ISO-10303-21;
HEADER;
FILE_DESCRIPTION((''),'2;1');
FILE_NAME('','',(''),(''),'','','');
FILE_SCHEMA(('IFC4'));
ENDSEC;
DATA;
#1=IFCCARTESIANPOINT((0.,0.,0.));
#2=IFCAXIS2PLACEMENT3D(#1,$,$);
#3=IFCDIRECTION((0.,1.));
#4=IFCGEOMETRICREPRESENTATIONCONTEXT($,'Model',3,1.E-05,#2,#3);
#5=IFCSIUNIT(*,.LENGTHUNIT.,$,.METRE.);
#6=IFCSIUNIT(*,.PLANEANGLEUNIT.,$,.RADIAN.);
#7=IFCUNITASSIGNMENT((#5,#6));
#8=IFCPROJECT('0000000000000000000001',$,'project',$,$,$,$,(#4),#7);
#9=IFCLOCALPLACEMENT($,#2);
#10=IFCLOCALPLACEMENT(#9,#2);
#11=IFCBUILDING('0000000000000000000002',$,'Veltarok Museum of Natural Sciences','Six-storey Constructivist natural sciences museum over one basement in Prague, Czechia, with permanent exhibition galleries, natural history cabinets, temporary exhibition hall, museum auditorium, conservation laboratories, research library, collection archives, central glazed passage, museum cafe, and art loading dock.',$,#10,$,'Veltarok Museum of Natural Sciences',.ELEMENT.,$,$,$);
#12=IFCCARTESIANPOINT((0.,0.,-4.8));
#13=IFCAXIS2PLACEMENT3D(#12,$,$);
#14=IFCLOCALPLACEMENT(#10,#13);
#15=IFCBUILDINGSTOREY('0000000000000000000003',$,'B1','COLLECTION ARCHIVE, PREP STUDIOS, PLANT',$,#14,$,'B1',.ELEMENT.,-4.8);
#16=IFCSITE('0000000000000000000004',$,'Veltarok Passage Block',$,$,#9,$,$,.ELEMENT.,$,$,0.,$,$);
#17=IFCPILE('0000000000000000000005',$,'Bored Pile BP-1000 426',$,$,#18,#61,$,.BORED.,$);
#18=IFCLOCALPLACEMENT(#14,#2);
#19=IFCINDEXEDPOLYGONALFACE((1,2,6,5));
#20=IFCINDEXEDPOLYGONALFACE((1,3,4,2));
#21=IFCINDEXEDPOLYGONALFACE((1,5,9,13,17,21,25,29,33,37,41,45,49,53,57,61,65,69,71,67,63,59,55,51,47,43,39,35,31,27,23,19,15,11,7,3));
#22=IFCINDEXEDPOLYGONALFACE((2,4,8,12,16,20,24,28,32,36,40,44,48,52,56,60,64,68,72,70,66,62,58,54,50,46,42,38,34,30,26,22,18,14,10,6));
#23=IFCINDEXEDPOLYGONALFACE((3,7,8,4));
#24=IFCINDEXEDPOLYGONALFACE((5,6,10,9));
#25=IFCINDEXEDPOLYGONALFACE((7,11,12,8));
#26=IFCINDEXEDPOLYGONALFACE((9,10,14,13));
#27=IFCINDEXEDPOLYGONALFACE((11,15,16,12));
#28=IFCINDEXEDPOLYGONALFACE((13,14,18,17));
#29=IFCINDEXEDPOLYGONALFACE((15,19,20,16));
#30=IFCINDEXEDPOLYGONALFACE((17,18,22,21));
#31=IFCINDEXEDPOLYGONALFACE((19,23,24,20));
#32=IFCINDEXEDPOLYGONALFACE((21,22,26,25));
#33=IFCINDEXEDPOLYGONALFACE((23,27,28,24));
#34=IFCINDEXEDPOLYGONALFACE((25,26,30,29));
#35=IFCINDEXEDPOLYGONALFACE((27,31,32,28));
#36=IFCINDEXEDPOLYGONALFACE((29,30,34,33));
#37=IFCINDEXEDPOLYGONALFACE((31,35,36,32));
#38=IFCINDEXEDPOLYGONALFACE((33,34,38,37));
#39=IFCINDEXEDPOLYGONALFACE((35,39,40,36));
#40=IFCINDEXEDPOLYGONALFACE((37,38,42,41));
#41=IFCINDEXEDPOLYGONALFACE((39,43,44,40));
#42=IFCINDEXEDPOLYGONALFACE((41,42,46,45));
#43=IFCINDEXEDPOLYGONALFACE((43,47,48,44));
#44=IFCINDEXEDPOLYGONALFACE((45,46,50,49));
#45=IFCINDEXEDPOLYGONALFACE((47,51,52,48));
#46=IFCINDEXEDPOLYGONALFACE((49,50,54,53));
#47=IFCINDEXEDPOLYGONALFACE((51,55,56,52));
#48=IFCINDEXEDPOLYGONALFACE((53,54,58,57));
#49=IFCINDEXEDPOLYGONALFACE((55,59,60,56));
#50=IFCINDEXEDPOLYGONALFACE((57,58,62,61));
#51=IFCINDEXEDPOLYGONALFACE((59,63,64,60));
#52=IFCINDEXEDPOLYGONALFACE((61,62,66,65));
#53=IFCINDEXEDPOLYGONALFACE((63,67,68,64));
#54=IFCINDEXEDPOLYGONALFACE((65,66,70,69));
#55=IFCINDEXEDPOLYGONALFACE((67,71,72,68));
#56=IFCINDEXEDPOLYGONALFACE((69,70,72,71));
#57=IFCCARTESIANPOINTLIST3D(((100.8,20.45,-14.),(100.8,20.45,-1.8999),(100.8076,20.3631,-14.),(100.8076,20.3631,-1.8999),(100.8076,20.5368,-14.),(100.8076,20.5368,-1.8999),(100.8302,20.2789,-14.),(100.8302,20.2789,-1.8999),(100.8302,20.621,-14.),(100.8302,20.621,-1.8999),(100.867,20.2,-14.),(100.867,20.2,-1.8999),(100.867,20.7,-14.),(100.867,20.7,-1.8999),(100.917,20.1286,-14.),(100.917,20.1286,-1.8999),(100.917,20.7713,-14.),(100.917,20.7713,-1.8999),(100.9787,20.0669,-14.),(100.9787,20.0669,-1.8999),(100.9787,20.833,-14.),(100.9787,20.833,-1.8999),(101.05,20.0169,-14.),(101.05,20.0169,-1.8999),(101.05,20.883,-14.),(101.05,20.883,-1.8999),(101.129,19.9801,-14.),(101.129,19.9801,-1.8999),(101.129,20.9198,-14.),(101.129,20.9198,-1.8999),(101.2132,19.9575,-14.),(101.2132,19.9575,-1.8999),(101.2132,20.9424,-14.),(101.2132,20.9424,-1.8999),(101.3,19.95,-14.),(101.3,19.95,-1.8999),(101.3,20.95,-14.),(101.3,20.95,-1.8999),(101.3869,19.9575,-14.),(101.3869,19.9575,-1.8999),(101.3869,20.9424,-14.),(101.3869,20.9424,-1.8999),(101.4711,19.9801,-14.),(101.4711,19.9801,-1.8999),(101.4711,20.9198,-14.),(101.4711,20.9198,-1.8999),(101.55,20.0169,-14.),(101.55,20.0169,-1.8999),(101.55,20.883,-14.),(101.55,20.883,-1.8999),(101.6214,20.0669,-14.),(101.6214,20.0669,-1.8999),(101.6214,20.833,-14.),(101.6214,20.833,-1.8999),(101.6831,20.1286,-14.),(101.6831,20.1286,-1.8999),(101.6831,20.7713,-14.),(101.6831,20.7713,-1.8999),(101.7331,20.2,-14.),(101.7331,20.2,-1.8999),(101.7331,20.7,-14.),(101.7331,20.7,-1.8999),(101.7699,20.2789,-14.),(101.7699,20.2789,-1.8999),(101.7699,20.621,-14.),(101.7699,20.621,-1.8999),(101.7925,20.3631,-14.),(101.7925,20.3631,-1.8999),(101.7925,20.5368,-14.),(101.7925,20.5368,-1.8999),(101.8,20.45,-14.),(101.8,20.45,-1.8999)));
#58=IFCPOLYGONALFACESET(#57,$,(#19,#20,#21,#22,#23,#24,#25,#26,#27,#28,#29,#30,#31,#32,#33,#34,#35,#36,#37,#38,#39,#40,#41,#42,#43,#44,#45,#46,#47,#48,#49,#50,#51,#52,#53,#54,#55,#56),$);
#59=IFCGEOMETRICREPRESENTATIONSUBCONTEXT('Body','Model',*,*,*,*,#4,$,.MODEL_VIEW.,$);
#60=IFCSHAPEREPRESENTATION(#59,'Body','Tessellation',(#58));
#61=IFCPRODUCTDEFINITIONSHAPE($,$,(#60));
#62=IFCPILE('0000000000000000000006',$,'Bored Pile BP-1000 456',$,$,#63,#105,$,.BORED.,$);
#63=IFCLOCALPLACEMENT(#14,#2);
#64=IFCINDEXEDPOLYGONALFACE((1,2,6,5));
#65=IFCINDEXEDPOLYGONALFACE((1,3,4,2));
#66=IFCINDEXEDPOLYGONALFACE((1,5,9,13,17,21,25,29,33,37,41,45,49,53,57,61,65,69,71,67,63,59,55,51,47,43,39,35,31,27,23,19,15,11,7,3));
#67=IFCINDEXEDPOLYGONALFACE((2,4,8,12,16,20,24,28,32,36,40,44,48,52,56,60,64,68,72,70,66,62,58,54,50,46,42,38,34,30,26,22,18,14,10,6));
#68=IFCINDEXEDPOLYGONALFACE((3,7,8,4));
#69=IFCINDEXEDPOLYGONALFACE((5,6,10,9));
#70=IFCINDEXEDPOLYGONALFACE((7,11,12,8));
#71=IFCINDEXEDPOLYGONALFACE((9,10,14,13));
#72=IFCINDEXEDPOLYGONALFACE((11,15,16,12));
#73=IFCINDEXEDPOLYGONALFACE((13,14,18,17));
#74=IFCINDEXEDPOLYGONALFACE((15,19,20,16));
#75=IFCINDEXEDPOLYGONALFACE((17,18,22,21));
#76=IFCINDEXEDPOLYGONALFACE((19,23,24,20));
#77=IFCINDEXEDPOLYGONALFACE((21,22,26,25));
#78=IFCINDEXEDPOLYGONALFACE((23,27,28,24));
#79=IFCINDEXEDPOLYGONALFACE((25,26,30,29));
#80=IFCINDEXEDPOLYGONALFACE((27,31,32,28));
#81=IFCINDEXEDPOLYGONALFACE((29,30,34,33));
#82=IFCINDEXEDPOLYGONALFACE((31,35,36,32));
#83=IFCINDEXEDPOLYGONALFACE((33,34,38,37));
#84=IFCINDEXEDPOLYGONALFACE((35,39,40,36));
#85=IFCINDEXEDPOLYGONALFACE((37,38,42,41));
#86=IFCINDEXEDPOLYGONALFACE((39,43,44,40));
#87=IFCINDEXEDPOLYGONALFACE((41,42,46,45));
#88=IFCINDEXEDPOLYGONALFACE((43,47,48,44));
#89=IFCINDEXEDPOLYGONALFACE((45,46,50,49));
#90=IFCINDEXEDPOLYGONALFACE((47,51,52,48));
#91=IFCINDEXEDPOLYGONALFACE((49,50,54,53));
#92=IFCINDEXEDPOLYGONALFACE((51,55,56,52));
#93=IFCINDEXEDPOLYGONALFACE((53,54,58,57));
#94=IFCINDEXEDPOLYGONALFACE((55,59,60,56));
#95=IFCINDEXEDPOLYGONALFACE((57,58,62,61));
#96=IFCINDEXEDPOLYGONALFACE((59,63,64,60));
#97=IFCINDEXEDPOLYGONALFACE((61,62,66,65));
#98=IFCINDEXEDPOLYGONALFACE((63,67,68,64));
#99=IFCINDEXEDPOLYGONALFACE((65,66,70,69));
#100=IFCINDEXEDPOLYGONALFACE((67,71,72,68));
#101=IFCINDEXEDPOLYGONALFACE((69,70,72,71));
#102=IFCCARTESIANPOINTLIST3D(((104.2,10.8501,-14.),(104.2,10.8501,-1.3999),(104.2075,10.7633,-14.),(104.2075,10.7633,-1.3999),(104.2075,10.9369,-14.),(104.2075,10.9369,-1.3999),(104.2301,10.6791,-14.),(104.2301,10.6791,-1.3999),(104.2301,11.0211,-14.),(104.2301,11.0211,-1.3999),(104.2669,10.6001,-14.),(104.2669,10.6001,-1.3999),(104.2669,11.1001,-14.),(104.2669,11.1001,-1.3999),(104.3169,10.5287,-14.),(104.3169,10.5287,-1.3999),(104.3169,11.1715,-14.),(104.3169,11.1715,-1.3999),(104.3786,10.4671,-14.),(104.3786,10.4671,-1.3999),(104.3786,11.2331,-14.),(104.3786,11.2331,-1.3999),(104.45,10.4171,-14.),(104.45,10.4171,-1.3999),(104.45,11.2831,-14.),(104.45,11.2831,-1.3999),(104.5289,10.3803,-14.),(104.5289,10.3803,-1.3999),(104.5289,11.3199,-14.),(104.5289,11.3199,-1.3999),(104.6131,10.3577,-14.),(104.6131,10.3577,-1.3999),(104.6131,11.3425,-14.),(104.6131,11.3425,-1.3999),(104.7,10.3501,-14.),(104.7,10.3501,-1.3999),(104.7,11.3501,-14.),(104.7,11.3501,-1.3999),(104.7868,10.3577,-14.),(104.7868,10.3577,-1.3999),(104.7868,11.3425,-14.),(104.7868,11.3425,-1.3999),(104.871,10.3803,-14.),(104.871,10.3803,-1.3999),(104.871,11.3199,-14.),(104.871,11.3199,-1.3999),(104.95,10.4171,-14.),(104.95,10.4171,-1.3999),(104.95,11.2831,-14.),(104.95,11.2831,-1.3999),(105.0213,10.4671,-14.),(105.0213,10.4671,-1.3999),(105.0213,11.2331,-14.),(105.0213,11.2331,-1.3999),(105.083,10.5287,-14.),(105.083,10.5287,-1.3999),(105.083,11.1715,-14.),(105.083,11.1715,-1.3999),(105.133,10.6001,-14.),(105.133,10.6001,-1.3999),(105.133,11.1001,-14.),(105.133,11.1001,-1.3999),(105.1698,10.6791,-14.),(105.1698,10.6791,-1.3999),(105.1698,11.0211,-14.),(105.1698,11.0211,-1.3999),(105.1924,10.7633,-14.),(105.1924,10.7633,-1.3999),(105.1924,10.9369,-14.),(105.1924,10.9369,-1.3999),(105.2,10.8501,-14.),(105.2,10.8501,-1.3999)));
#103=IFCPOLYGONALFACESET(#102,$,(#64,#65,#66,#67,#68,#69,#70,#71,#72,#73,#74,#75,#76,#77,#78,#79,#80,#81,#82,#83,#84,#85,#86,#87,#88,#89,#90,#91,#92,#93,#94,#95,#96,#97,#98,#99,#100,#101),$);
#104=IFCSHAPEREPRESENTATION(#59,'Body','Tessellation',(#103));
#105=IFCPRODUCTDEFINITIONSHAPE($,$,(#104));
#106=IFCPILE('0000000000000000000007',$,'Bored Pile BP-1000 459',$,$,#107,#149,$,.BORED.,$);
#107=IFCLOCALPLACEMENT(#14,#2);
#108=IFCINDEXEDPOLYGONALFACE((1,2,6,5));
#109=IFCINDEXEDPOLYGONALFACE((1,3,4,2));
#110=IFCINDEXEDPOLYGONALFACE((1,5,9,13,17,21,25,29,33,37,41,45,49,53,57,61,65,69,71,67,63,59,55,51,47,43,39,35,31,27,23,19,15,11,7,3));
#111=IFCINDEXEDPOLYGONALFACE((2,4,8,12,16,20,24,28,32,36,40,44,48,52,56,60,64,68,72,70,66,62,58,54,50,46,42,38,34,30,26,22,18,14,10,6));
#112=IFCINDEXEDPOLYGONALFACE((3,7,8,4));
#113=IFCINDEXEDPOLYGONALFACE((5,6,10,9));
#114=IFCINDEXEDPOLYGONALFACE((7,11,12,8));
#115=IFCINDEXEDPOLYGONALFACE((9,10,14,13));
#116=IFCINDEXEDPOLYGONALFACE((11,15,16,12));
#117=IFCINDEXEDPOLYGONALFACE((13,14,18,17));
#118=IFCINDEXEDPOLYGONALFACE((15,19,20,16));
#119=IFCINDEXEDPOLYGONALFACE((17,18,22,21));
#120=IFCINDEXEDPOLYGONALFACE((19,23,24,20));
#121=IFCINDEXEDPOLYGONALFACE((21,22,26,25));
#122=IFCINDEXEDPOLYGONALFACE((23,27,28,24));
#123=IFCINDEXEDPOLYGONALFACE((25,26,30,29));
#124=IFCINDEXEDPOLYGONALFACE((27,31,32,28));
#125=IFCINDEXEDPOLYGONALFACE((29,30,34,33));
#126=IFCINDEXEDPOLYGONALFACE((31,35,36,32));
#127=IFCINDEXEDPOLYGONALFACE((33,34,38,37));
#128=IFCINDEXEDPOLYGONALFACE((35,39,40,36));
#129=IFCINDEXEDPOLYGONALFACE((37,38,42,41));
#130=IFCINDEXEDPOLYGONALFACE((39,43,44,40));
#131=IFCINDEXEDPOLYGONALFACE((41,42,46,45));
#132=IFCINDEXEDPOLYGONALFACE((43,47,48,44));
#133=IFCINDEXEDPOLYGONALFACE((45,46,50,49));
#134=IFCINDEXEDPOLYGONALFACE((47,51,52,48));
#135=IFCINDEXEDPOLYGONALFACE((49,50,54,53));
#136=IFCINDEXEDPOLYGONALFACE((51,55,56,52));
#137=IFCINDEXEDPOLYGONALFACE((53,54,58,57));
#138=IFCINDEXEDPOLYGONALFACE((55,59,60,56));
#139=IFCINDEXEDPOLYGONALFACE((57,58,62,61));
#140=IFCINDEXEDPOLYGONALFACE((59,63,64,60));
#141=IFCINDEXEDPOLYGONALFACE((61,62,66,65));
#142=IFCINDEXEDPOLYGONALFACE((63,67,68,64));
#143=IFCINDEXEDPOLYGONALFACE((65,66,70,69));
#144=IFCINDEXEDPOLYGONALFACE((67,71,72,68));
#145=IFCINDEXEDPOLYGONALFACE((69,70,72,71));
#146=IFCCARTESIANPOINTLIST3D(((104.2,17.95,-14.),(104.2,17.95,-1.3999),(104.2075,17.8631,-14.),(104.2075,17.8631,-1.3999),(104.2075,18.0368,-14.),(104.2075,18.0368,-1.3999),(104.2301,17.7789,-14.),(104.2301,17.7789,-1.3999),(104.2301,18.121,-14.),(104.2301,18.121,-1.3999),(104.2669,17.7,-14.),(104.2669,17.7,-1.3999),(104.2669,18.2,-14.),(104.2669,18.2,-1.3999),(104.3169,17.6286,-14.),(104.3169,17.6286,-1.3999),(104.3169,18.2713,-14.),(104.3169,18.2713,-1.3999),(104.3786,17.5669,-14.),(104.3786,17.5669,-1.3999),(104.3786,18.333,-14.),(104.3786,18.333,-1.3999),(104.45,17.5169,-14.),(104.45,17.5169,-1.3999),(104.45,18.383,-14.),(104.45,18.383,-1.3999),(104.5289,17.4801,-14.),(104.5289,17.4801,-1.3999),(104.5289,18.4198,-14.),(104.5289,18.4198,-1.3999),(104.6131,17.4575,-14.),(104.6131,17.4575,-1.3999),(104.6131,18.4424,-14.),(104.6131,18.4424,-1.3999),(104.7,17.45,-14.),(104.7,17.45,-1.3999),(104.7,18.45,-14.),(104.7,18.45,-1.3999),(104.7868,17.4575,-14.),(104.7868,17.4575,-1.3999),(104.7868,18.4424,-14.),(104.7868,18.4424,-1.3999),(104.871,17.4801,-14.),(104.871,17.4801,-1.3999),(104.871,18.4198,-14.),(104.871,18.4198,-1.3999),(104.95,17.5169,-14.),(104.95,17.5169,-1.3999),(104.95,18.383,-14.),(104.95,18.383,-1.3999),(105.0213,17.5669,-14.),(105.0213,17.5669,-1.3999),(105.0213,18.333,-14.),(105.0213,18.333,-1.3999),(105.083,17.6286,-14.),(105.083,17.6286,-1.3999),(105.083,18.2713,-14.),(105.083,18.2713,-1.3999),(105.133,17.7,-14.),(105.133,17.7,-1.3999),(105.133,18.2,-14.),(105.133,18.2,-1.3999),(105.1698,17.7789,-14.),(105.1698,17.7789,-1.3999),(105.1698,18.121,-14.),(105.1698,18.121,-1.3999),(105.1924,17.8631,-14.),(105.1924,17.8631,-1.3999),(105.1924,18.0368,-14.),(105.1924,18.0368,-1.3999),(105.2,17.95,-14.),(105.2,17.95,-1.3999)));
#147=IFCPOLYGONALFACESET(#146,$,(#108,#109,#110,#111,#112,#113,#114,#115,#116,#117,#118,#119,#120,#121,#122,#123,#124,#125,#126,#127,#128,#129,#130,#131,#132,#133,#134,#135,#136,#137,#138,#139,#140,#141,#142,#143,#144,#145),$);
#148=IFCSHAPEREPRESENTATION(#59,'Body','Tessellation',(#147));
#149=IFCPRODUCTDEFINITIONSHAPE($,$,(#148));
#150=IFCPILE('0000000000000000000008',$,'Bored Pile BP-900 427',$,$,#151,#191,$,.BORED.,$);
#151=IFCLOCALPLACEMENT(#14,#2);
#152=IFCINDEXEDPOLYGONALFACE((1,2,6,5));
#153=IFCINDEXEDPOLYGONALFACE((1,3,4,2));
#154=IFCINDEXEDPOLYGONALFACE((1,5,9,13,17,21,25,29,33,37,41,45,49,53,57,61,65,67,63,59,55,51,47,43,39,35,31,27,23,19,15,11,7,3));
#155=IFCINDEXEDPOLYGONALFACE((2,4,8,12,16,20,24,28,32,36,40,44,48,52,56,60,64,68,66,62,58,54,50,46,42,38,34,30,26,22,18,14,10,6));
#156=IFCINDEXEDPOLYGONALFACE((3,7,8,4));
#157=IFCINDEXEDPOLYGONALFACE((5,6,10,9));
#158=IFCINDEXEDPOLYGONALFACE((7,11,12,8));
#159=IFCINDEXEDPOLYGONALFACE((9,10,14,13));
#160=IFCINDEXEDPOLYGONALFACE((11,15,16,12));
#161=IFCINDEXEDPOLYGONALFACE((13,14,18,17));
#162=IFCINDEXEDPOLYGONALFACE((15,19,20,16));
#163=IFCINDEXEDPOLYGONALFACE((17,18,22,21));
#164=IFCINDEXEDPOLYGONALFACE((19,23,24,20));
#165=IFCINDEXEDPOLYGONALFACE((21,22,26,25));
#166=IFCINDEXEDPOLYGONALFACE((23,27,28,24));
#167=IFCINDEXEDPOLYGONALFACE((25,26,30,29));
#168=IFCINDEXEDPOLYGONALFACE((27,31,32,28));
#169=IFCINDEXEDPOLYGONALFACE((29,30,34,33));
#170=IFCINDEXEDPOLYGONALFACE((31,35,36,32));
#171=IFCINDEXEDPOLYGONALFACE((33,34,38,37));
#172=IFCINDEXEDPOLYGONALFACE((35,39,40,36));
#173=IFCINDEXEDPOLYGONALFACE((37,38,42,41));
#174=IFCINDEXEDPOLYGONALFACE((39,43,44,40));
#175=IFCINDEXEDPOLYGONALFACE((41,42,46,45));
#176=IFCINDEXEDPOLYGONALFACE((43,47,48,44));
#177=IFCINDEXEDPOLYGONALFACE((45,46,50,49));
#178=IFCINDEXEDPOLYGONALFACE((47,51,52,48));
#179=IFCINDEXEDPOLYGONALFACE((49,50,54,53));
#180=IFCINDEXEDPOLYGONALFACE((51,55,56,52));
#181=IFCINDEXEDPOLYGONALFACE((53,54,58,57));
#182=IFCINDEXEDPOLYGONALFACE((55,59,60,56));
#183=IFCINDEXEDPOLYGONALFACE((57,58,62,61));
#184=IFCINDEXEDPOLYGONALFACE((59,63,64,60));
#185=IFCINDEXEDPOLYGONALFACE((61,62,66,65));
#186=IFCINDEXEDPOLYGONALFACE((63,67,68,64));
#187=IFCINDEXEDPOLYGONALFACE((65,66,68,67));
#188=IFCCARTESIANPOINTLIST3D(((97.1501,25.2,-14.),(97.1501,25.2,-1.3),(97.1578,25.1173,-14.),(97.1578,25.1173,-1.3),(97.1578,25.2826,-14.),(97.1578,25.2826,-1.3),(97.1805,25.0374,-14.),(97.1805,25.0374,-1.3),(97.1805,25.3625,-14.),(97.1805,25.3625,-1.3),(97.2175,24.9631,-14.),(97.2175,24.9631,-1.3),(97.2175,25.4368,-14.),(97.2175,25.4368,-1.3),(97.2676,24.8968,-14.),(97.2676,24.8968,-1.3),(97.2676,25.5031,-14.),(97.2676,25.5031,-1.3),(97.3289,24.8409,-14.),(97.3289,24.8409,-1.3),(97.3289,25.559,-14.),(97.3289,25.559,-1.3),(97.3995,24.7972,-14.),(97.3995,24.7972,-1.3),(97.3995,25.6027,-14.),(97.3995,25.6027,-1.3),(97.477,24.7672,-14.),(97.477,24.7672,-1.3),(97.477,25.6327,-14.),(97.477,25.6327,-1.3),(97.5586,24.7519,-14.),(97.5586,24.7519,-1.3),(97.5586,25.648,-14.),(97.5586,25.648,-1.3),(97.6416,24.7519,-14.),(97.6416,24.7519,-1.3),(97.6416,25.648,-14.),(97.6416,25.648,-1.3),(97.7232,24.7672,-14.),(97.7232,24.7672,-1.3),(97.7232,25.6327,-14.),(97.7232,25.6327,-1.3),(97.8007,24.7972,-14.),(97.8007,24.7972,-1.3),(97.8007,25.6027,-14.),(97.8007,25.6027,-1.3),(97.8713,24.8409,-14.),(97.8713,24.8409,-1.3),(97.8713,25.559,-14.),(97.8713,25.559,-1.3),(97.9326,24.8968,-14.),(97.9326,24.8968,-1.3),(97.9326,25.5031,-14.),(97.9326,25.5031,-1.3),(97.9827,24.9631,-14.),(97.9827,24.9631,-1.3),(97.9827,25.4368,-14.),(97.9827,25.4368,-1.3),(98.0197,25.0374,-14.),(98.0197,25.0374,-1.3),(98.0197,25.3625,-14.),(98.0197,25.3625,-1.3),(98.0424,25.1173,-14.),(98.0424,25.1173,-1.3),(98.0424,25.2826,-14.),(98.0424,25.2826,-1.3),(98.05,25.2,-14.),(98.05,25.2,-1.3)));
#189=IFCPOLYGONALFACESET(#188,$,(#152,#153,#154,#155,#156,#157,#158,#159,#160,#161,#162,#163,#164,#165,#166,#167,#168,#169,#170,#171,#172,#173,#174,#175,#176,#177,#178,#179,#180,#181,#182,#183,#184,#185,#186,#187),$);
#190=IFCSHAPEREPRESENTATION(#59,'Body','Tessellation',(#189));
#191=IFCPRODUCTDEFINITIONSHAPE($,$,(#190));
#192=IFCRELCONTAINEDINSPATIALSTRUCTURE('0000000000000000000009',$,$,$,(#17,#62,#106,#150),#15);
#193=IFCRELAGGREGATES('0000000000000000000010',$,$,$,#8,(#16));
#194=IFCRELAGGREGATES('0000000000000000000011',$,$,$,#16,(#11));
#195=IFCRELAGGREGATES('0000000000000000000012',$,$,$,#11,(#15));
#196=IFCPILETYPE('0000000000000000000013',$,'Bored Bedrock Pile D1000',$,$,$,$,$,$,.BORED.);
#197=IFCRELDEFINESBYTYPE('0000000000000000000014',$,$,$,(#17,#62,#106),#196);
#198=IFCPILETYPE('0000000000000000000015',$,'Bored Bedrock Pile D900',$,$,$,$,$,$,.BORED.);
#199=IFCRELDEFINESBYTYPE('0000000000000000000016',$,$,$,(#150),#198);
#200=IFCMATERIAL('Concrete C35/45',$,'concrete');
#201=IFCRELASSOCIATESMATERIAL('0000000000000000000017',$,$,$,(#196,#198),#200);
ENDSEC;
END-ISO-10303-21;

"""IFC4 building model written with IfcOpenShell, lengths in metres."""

from ifc_helpers import new_model, si_unit, direction, frame, origin, origin_2d, place, context, subcontext, project, spatial, circle, extrude, material, material_profile, profile_set, type_object, element, save


model = new_model("IFC4")

# Units and contexts
model_context = context("Model", 3, precision=1e-05, world=origin(), true_north=direction((0.0, 1.0)))
body_context = subcontext(model_context, "Body", "Model", "MODEL_VIEW")
ifc_project = project(units=[si_unit("LENGTHUNIT", "METRE"), si_unit("PLANEANGLEUNIT", "RADIAN")], contexts=[model_context])

# Site, building, storey
site_placement = place(None, origin())
site = spatial("IfcSite", under=ifc_project, at=site_placement, Name="Veltarok Passage Block", CompositionType="ELEMENT", RefElevation=0.0)
building_placement = place(site_placement, origin())
building = spatial("IfcBuilding", under=site, at=building_placement, Name="Veltarok Museum of Natural Sciences", Description="Six-storey Constructivist natural sciences museum over one basement in Prague, Czechia, with permanent exhibition galleries, natural history cabinets, temporary exhibition hall, museum auditorium, conservation laboratories, research library, collection archives, central glazed passage, museum cafe, and art loading dock.", LongName="Veltarok Museum of Natural Sciences", CompositionType="ELEMENT")
storey_placement = place(building_placement, frame((0.0, 0.0, -4.8)))
storey = spatial("IfcBuildingStorey", under=building, at=storey_placement, Name="B1", Description="COLLECTION ARCHIVE, PREP STUDIOS, PLANT", LongName="B1", CompositionType="ELEMENT", Elevation=-4.8)

# Piles
ifc_material_1 = material(Name="Concrete C35/45", Category="concrete")
ifc_material_profile_1 = material_profile(ifc_material_1, circle(Radius=0.5, at=origin_2d()), Name="BP D1000")
ifc_profile_set_1 = profile_set([ifc_material_profile_1], Name="Concrete C35/45")
pile_type_1 = type_object("IfcPileType", Name="Bored Bedrock Pile D1000", PredefinedType="BORED", material=ifc_profile_set_1)
for number, where, z_axis, x_axis, name in (
    (1, (101.3, 20.45, -1.8999), (0.0, 0.0, -1.0), (1.0, 0.0, 0.0), "Bored Pile BP-1000 426"),
):
    element("IfcPile", number, at=place(storey_placement, frame(where, z_axis=z_axis, x_axis=x_axis)), inside=storey, type_object=pile_type_1, Name=name, PredefinedType="BORED", context=body_context, shape_type="SweptSolid", body=[
        extrude(circle(Radius=0.5, at=origin_2d()), origin(), (0.0, 0.0, 1.0), 12.1001),
    ])
for number, where, z_axis, x_axis, name in (
    (2, (104.7, 10.8501, -1.3999), (0.0, 0.0, -1.0), (1.0, 0.0, 0.0), "Bored Pile BP-1000 456"),
    (3, (104.7, 17.95, -1.3999), (0.0, 0.0, -1.0), (1.0, 0.0, 0.0), "Bored Pile BP-1000 459"),
):
    element("IfcPile", number, at=place(storey_placement, frame(where, z_axis=z_axis, x_axis=x_axis)), inside=storey, type_object=pile_type_1, Name=name, PredefinedType="BORED", context=body_context, shape_type="SweptSolid", body=[
        extrude(circle(Radius=0.5, at=origin_2d()), origin(), (0.0, 0.0, 1.0), 12.6001),
    ])
ifc_material_profile_2 = material_profile(ifc_material_1, circle(Radius=0.45, at=origin_2d()), Name="BP D900")
ifc_profile_set_2 = profile_set([ifc_material_profile_2], Name="Concrete C35/45")
pile_type_2 = type_object("IfcPileType", Name="Bored Bedrock Pile D900", PredefinedType="BORED", material=ifc_profile_set_2)
for number, where, z_axis, x_axis, name in (
    (4, (97.6001, 25.2, -1.3), (0.0, 0.0, -1.0), (1.0, 0.0, 0.0), "Bored Pile BP-900 427"),
):
    element("IfcPile", number, at=place(storey_placement, frame(where, z_axis=z_axis, x_axis=x_axis)), inside=storey, type_object=pile_type_2, Name=name, PredefinedType="BORED", context=body_context, shape_type="SweptSolid", body=[
        extrude(circle(Radius=0.45, at=origin_2d()), origin(), (0.0, 0.0, 1.0), 12.7),
    ])

save(model, "model.ifc")
